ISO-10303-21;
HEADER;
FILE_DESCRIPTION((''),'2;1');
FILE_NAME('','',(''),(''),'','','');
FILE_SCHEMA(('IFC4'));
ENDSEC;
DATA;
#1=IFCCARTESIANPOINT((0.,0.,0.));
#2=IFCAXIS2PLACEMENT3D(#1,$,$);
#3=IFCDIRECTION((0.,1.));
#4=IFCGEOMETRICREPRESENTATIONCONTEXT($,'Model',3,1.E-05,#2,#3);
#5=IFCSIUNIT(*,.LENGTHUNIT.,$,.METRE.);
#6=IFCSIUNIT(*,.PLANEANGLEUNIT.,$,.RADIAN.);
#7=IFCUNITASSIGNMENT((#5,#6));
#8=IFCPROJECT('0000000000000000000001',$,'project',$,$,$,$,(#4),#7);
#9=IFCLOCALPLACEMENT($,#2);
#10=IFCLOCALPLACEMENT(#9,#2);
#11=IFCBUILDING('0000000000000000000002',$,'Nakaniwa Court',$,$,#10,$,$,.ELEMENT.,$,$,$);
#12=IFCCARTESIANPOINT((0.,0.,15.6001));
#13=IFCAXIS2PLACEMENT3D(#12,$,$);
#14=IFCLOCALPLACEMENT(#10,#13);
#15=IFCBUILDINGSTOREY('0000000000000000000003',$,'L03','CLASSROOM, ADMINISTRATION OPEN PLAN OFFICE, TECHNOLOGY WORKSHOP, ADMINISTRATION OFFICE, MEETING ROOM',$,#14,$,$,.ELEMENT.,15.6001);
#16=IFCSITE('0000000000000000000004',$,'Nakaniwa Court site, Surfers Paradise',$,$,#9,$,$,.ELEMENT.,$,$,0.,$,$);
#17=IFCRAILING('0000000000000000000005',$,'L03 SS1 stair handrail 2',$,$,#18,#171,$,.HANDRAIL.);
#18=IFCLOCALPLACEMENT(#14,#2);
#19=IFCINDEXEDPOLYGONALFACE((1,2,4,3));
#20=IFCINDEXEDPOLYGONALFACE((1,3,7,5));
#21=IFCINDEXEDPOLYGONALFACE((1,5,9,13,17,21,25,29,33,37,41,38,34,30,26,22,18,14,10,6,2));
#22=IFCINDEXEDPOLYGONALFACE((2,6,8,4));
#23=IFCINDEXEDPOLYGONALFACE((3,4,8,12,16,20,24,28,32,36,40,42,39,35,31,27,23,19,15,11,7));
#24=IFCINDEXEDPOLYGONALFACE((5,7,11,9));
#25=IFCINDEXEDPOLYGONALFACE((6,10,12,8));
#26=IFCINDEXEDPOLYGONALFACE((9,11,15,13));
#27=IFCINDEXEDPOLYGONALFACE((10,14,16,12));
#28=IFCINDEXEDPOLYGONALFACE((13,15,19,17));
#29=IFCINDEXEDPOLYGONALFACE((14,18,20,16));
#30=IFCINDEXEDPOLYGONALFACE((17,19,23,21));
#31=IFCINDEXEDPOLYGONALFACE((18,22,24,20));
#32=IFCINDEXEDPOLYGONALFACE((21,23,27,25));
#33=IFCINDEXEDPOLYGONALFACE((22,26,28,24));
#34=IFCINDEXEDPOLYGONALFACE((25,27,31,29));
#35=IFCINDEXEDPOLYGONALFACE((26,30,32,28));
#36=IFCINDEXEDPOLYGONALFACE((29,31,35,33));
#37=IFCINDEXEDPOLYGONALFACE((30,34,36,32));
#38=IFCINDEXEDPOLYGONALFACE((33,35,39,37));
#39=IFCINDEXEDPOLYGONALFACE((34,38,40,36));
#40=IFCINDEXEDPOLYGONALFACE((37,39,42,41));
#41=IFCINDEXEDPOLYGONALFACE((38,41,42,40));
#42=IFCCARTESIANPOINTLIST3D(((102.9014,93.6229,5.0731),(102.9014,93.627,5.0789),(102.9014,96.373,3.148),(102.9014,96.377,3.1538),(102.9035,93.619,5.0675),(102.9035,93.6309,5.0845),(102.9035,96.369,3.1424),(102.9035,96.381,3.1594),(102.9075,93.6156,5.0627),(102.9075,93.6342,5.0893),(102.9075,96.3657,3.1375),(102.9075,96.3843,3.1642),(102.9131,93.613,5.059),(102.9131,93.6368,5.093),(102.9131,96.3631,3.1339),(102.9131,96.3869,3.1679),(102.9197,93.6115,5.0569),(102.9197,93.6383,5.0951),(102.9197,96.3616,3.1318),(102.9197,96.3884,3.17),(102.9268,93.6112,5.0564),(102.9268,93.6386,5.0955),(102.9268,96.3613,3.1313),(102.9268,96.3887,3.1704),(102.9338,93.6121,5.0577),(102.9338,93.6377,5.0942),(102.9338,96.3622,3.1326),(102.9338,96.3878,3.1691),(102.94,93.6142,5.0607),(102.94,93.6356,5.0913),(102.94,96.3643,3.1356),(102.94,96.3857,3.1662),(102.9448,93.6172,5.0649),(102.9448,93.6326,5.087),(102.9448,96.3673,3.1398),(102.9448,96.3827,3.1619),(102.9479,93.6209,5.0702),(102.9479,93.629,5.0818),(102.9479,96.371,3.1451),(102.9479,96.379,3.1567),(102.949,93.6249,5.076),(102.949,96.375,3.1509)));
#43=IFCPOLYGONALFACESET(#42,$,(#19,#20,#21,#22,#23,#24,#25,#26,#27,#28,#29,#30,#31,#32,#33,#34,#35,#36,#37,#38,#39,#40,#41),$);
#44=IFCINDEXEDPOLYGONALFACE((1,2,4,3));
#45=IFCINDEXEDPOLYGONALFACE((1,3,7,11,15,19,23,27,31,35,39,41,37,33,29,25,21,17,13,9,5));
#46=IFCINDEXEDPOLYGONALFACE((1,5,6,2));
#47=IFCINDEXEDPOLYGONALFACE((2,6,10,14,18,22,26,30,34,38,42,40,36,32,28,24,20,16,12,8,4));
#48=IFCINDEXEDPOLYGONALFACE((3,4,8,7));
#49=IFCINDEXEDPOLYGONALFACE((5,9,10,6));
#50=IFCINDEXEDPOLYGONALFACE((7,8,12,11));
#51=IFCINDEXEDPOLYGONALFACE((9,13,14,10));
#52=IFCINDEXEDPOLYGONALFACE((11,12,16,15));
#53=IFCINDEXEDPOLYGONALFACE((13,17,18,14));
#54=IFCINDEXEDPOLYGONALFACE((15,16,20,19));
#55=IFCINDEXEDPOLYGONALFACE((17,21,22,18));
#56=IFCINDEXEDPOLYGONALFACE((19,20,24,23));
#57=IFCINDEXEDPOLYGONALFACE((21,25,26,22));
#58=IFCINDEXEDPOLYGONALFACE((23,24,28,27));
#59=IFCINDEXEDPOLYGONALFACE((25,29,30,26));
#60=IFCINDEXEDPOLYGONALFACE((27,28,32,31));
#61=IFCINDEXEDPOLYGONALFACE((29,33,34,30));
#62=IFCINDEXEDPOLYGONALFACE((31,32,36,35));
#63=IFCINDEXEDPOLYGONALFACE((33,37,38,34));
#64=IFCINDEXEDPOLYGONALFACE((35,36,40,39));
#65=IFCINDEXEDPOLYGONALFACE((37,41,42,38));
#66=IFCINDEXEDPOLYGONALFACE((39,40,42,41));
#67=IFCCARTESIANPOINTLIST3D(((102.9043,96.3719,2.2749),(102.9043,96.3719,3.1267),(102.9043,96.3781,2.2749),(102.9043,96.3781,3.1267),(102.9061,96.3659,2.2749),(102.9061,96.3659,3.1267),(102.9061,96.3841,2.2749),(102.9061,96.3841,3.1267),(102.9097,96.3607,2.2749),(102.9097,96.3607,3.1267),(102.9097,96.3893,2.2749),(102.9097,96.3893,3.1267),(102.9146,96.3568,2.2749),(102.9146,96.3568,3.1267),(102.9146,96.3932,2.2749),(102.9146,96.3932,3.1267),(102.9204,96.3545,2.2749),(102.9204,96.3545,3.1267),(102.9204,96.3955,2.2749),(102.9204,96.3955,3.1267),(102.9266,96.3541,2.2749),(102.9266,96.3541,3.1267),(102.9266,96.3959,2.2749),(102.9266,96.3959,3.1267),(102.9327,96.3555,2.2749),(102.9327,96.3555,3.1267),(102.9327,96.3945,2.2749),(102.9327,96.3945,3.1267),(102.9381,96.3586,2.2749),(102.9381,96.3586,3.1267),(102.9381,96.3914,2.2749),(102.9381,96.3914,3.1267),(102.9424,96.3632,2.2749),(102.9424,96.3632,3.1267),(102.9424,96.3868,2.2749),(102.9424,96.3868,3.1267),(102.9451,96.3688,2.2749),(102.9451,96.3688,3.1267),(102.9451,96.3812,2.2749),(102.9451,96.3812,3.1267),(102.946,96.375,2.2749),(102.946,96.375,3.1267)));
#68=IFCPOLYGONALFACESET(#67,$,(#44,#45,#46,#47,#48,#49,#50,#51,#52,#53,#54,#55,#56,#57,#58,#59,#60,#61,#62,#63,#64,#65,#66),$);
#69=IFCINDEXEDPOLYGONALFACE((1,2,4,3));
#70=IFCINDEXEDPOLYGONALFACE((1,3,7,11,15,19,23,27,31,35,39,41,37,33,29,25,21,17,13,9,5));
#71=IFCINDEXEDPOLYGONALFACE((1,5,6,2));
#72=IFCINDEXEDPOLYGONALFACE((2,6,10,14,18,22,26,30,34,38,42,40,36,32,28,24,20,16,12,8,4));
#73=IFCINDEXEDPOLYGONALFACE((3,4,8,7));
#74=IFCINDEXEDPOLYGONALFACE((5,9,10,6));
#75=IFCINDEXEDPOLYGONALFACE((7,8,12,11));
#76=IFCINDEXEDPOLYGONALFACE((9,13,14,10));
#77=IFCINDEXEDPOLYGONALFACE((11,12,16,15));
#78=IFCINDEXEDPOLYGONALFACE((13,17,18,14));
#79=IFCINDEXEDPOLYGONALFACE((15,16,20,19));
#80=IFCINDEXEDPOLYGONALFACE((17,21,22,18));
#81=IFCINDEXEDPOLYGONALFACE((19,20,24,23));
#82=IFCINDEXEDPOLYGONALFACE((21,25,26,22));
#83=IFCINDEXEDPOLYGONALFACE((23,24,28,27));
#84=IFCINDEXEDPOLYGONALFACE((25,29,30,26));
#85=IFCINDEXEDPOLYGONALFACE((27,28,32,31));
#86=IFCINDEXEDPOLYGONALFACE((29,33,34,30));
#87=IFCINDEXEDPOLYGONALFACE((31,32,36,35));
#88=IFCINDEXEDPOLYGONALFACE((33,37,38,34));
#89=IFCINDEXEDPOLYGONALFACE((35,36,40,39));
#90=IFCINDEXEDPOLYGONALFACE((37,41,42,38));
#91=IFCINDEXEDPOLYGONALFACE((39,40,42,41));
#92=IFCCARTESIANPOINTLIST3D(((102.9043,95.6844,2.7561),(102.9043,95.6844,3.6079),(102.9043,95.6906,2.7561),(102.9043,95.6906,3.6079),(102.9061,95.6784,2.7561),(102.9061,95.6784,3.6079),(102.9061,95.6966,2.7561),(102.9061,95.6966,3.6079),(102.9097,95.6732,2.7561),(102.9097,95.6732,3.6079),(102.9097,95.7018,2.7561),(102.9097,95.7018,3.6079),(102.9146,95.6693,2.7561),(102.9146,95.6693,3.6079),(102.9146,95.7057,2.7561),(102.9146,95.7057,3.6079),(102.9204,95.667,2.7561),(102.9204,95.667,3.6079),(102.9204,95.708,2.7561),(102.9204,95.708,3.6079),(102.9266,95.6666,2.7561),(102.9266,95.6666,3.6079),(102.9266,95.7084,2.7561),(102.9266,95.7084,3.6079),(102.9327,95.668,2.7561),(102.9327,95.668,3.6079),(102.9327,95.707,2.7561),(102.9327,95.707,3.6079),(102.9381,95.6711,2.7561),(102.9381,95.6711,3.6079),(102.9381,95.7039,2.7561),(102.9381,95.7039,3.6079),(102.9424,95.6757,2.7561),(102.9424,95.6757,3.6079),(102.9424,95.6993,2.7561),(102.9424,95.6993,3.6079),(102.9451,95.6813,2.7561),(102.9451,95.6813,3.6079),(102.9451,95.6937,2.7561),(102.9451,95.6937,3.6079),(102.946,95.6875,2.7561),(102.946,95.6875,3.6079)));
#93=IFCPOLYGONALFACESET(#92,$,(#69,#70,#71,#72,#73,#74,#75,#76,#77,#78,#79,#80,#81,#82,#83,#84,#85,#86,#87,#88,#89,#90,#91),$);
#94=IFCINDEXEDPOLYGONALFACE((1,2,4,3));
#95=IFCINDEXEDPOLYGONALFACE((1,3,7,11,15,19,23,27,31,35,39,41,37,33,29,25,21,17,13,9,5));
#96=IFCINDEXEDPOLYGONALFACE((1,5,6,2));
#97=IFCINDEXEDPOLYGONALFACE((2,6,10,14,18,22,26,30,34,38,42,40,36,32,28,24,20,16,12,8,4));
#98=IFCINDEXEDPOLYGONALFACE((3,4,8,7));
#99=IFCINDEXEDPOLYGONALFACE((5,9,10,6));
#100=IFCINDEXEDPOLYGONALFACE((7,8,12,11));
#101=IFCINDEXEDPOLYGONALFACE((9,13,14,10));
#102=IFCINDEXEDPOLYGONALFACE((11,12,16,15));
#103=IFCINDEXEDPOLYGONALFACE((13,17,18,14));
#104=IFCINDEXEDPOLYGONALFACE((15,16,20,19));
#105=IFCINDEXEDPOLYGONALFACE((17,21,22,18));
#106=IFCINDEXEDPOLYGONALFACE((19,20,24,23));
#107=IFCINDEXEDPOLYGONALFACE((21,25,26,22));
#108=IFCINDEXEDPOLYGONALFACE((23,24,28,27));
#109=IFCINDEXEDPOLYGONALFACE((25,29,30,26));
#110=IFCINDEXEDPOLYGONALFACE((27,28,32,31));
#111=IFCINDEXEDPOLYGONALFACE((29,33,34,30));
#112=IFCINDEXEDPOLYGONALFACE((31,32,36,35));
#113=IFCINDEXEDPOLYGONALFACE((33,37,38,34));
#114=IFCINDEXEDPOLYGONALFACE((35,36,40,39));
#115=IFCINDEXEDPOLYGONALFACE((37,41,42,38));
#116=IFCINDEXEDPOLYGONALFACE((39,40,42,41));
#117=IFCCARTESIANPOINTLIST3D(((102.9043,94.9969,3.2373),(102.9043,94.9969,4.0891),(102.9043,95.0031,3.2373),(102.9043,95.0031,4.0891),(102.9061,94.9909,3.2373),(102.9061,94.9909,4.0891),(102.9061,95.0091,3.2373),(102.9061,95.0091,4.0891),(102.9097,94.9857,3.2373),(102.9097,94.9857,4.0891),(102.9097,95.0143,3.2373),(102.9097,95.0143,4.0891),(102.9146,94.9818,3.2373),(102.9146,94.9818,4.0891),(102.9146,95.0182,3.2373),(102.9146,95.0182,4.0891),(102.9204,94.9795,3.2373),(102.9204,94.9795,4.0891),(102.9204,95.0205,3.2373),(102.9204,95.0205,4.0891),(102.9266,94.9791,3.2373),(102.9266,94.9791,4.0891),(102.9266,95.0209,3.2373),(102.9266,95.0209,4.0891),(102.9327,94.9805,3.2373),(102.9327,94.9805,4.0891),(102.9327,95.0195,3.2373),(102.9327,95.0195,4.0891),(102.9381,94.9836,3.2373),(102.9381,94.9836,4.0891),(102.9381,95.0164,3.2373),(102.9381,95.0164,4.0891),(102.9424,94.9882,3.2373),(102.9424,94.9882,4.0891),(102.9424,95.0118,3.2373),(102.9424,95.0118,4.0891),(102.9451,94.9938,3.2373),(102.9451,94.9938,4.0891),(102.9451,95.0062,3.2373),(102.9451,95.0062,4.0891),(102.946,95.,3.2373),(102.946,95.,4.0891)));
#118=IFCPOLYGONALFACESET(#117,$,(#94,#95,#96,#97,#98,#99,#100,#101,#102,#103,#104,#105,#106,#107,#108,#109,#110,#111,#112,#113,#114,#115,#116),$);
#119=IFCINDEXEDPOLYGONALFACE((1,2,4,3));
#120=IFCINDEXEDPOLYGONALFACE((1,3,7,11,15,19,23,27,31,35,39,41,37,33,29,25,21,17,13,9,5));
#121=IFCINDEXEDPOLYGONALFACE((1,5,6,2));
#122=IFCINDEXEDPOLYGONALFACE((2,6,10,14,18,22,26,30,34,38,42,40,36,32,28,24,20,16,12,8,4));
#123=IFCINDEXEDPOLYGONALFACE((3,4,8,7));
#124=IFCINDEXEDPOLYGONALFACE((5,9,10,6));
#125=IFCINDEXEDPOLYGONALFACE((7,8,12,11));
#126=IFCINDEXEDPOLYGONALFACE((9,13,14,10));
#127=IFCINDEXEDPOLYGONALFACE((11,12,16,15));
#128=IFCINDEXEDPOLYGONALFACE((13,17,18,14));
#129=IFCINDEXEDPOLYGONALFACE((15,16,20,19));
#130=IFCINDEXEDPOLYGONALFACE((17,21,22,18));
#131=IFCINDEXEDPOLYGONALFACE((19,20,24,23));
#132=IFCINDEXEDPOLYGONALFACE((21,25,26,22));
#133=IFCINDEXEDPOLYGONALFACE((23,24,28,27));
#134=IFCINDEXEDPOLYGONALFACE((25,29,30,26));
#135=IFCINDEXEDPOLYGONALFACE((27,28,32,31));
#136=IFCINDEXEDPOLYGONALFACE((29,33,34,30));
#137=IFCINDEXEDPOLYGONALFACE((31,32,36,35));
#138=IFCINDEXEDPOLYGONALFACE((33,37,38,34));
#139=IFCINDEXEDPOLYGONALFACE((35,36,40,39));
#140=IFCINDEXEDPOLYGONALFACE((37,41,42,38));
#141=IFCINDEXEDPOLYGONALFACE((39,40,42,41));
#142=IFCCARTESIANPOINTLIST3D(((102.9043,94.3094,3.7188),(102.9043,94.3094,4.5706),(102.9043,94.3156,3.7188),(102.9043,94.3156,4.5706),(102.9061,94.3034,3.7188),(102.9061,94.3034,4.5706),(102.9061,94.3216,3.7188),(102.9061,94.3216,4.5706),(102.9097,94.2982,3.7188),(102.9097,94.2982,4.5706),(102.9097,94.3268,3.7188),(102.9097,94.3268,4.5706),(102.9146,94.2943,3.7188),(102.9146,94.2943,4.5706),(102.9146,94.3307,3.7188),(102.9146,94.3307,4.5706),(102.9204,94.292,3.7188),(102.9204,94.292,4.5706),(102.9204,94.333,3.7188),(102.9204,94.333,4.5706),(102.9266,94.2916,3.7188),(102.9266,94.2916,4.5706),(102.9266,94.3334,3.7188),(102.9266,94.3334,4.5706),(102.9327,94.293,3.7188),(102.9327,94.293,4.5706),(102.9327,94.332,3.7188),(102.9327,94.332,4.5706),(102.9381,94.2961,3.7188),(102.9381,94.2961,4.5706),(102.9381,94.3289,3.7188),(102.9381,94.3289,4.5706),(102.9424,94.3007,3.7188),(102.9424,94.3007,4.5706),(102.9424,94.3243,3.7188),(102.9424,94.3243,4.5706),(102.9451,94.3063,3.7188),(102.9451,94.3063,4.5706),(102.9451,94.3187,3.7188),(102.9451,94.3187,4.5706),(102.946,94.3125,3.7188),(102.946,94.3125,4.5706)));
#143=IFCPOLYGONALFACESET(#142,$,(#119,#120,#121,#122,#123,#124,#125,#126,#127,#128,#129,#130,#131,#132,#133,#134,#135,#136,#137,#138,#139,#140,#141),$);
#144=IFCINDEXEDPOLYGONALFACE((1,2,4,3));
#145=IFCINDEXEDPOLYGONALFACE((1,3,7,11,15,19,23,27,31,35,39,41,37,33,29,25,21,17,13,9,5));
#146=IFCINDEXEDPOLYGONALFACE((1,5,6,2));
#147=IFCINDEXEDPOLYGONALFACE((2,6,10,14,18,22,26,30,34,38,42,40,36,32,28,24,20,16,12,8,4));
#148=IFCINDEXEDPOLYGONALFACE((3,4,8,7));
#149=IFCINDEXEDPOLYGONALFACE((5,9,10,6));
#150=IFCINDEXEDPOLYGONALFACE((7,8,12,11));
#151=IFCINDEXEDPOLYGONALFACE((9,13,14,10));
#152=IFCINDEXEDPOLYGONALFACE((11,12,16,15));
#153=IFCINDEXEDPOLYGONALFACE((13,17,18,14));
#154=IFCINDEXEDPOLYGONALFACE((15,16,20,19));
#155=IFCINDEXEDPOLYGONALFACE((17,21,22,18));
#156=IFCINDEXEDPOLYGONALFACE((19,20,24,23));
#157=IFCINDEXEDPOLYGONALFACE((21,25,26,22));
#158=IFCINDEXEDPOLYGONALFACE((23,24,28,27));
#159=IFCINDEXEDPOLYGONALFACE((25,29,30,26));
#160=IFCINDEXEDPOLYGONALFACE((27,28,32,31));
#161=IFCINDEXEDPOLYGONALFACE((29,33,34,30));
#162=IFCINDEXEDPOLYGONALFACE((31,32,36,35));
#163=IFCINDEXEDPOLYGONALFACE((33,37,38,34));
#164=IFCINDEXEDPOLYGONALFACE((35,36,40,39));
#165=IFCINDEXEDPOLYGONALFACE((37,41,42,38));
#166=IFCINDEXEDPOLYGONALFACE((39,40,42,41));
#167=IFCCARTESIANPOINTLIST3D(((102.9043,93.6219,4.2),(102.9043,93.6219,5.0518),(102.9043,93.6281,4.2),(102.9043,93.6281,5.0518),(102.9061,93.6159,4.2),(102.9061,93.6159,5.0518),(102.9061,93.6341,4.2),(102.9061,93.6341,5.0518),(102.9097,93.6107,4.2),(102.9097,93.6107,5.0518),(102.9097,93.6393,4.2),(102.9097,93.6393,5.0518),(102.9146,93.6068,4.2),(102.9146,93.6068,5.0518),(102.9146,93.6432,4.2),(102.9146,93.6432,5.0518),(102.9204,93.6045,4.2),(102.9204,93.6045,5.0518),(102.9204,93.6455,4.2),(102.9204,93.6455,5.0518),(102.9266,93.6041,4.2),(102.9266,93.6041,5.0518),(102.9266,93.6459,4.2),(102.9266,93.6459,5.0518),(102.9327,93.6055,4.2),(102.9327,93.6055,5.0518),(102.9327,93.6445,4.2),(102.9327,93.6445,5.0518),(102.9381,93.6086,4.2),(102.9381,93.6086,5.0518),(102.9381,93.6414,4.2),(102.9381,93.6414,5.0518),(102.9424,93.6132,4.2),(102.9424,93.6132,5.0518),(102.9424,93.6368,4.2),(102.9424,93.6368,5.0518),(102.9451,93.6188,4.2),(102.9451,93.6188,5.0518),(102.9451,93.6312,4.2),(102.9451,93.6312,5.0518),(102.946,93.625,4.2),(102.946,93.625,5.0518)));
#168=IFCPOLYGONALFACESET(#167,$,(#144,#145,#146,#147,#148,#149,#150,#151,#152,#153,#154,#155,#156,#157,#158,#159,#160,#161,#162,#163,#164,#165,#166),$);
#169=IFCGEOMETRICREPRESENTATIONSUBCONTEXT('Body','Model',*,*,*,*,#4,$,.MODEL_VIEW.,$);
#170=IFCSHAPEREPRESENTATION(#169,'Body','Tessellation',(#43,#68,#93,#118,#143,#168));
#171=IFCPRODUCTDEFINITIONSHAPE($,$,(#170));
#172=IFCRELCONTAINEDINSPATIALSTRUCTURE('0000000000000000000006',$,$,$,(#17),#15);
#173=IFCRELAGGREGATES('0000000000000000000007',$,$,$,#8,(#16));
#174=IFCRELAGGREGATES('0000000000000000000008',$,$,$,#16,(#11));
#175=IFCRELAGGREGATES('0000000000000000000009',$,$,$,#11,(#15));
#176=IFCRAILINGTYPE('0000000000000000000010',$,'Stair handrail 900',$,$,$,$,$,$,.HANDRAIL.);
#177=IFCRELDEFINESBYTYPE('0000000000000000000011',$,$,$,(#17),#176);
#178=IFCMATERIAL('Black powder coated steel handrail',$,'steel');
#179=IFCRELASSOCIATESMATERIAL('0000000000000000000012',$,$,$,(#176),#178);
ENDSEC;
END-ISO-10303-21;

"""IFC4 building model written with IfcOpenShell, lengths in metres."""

from ifc_helpers import new_model, si_unit, direction, frame, origin, origin_2d, place, context, subcontext, project, spatial, circle, extrude, material, type_object, element, save


model = new_model("IFC4")

# Units and contexts
model_context = context("Model", 3, precision=1e-05, world=origin(), true_north=direction((0.0, 1.0)))
body_context = subcontext(model_context, "Body", "Model", "MODEL_VIEW")
ifc_project = project(units=[si_unit("LENGTHUNIT", "METRE"), si_unit("PLANEANGLEUNIT", "RADIAN")], contexts=[model_context])

# Site, building, storey
site_placement = place(None, origin())
site = spatial("IfcSite", under=ifc_project, at=site_placement, Name="Nakaniwa Court site, Surfers Paradise", CompositionType="ELEMENT", RefElevation=0.0)
building_placement = place(site_placement, origin())
building = spatial("IfcBuilding", under=site, at=building_placement, Name="Nakaniwa Court", CompositionType="ELEMENT")
storey_placement = place(building_placement, frame((0.0, 0.0, 15.6001)))
storey = spatial("IfcBuildingStorey", under=building, at=storey_placement, Name="L03", Description="CLASSROOM, ADMINISTRATION OPEN PLAN OFFICE, TECHNOLOGY WORKSHOP, ADMINISTRATION OFFICE, MEETING ROOM", CompositionType="ELEMENT", Elevation=15.6001)

# Railing
ifc_material_1 = material(Name="Black powder coated steel handrail", Category="steel")
railing_type_1 = type_object("IfcRailingType", Name="Stair handrail 900", PredefinedType="HANDRAIL", material=ifc_material_1)
railing_1_placement = place(storey_placement, frame((102.925, 96.375, 2.2749)))
element("IfcRailing", 1, at=railing_1_placement, inside=storey, type_object=railing_type_1, Name="L03 SS1 stair handrail 2", PredefinedType="HANDRAIL", context=body_context, shape_type="SweptSolid", body=[
    extrude(circle(Radius=0.0239, at=origin_2d()), frame((0.0, 0.0, 0.876), z_axis=(0.0, -0.819225, 0.573472), x_axis=(1.0, 0.0, 0.0)), (0.0, 0.0, 1.0), 3.3569),
    extrude(circle(Radius=0.021, at=origin_2d()), origin(), (0.0, 0.0, 1.0), 0.8518),
    extrude(circle(Radius=0.021, at=origin_2d()), frame((0.0, -0.6875, 0.4812)), (0.0, 0.0, 1.0), 0.8518),
    extrude(circle(Radius=0.021, at=origin_2d()), frame((0.0, -1.375, 0.9624)), (0.0, 0.0, 1.0), 0.8518),
    extrude(circle(Radius=0.021, at=origin_2d()), frame((0.0, -2.0625, 1.4438)), (0.0, 0.0, 1.0), 0.8518),
    extrude(circle(Radius=0.021, at=origin_2d()), frame((0.0, -2.75, 1.925)), (0.0, 0.0, 1.0), 0.8518),
])

save(model, "model.ifc")
